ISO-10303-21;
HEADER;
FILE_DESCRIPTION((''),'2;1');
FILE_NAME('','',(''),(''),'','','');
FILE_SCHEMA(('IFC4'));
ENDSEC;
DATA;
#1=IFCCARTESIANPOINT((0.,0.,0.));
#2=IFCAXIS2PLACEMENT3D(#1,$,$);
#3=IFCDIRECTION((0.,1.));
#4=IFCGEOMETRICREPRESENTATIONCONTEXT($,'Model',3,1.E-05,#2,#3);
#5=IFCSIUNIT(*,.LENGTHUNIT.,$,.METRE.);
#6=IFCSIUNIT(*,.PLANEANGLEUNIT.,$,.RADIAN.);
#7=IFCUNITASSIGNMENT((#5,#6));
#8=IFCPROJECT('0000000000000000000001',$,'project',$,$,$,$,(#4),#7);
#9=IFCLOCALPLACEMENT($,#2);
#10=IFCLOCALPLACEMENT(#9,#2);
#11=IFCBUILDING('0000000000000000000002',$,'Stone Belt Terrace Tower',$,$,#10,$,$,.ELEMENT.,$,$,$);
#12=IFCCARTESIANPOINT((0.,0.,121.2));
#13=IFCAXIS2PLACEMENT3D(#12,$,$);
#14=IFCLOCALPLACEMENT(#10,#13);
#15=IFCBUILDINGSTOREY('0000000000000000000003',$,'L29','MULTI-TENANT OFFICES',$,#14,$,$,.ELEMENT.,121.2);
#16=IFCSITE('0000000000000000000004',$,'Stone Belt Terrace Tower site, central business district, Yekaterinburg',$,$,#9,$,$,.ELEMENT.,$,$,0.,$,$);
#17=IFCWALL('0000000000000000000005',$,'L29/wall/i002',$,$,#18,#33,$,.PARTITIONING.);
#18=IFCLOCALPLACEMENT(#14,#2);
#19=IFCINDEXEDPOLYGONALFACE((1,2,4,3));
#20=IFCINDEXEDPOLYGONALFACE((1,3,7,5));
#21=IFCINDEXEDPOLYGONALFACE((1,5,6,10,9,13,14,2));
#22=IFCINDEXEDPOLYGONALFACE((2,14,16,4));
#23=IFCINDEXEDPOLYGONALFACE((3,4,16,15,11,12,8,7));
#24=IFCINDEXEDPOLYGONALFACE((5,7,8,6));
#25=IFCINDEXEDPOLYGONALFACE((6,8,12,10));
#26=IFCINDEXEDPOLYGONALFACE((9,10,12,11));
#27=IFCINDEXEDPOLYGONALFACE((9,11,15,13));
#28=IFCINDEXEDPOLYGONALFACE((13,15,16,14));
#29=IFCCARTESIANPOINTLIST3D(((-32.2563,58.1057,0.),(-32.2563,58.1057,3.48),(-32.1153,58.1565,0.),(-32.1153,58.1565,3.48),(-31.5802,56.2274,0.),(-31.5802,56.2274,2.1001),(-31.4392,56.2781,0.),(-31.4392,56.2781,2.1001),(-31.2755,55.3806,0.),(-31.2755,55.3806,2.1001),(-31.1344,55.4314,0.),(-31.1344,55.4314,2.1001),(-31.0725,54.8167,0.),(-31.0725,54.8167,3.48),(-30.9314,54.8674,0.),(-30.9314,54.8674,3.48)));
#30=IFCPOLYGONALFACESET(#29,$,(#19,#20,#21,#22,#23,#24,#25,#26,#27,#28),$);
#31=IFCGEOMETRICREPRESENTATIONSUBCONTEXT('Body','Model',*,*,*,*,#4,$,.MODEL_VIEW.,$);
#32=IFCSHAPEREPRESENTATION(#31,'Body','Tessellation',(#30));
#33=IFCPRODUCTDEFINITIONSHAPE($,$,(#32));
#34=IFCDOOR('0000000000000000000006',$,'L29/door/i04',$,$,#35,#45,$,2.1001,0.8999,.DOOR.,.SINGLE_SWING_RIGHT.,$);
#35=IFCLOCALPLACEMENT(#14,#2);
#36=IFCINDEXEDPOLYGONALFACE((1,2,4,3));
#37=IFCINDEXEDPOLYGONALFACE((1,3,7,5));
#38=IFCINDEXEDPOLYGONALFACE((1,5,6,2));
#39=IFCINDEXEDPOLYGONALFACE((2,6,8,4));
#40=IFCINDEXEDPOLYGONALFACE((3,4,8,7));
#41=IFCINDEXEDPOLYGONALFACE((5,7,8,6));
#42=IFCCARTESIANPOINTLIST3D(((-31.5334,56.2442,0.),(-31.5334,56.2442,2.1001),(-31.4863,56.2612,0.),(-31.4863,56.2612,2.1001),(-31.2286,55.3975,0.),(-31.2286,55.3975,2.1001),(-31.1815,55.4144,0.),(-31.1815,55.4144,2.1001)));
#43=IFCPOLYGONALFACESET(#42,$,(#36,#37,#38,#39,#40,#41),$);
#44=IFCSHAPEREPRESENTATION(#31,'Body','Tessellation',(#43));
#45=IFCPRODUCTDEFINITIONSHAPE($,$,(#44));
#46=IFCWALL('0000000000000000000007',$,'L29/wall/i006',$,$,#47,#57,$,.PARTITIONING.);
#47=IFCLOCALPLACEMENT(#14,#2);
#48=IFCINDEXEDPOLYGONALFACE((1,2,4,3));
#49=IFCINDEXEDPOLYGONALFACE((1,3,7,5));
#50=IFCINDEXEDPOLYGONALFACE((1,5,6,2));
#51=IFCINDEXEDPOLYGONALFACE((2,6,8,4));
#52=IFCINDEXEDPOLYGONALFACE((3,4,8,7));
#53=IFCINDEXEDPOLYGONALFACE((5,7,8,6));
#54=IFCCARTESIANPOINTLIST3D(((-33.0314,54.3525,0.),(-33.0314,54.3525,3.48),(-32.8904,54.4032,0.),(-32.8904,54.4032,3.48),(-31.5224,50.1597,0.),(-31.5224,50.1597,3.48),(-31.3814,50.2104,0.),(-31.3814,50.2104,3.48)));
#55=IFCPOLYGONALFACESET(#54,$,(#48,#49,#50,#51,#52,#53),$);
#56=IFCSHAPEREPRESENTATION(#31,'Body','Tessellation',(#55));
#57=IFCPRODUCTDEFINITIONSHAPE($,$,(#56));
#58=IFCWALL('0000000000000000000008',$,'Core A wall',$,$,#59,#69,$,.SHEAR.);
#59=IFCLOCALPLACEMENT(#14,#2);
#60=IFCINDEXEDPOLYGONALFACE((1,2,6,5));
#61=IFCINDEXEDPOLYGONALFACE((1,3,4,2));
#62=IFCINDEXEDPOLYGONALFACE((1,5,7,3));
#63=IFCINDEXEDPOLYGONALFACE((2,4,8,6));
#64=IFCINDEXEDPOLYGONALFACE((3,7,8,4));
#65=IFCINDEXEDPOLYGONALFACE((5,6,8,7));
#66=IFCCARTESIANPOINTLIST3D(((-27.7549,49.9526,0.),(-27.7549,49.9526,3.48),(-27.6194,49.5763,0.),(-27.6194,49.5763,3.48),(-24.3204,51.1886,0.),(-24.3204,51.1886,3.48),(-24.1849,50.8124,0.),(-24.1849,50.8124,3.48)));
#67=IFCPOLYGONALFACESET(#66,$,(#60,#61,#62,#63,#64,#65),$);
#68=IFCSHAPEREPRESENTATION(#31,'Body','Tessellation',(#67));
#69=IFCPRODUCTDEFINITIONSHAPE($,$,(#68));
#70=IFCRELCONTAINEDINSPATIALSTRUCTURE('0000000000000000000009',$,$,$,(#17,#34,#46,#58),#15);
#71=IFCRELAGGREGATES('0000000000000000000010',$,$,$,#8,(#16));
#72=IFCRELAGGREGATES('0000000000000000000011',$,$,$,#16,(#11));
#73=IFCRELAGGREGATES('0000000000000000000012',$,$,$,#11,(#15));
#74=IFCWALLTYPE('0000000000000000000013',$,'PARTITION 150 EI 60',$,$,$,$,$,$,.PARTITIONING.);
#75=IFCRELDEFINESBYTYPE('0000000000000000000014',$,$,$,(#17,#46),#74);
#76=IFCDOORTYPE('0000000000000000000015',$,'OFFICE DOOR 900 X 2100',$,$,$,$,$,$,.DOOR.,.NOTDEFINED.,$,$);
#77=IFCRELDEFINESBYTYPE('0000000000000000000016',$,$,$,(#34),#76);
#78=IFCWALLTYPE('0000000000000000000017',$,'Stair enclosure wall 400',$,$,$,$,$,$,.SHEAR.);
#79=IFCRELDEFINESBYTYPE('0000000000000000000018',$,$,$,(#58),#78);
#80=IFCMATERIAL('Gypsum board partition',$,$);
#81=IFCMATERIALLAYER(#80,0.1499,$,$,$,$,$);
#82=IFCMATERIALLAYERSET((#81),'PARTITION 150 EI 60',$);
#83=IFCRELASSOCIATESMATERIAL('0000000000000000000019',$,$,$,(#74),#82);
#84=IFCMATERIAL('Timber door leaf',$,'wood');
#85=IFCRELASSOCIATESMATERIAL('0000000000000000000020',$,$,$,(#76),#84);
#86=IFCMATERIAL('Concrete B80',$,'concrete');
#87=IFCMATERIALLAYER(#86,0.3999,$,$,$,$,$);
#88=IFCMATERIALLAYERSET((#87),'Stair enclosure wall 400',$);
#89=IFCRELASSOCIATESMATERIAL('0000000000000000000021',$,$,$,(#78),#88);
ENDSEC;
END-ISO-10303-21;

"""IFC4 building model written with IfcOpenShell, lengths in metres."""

from ifc_helpers import new_model, si_unit, direction, frame, frame_2d, origin, place, context, subcontext, project, spatial, rectangle, extrude, material, layer, layer_set, type_object, element, fill, save


model = new_model("IFC4")

# Units and contexts
model_context = context("Model", 3, precision=1e-05, world=origin(), true_north=direction((0.0, 1.0)))
body_context = subcontext(model_context, "Body", "Model", "MODEL_VIEW")
ifc_project = project(units=[si_unit("LENGTHUNIT", "METRE"), si_unit("PLANEANGLEUNIT", "RADIAN")], contexts=[model_context])

# Site, building, storey
site_placement = place(None, origin())
site = spatial("IfcSite", under=ifc_project, at=site_placement, Name="Stone Belt Terrace Tower site, central business district, Yekaterinburg", CompositionType="ELEMENT", RefElevation=0.0)
building_placement = place(site_placement, origin())
building = spatial("IfcBuilding", under=site, at=building_placement, Name="Stone Belt Terrace Tower", CompositionType="ELEMENT")
storey_placement = place(building_placement, frame((0.0, 0.0, 121.2)))
storey = spatial("IfcBuildingStorey", under=building, at=storey_placement, Name="L29", Description="MULTI-TENANT OFFICES", CompositionType="ELEMENT", Elevation=121.2)

# Shared definitions
ifc_material_1 = material(Name="Concrete B80", Category="concrete")

# Shared definitions
ifc_material_2 = material(Name="Timber door leaf", Category="wood")

# Wall, opening, door
ifc_material_3 = material(Name="Gypsum board partition")
ifc_layer_1 = layer(ifc_material_3, 0.1499)
ifc_layer_set_1 = layer_set([ifc_layer_1], Name="PARTITION 150 EI 60")
wall_type_1 = type_object("IfcWallType", Name="PARTITION 150 EI 60", PredefinedType="PARTITIONING", material=ifc_layer_set_1)
wall_1_placement = place(storey_placement, frame((-32.1858, 58.1311, 0.0), z_axis=(0.0, 0.0, 1.0), x_axis=(0.338663, -0.940908, 0.0)))
wall_1 = element("IfcWall", 1, at=wall_1_placement, inside=storey, type_object=wall_type_1, Name="L29/wall/i002", PredefinedType="PARTITIONING", context=body_context, shape_type="SweptSolid", body=[
    extrude(rectangle(XDim=3.4956, YDim=0.1499, at=frame_2d((1.7478, 0.0))), origin(), (0.0, 0.0, 1.0), 3.48),
])
opening_1_placement = place(wall_1_placement, frame((1.9963, 0.0, 0.0)))
opening_1 = element("IfcOpeningElement", 2, at=opening_1_placement, cuts=wall_1, PredefinedType="OPENING", context=body_context, shape_type="SweptSolid", body=[
    extrude(rectangle(XDim=0.8999, YDim=2.1001, at=frame_2d((0.45, 1.05))), frame((0.0, 0.085, 0.0), z_axis=(0.0, -1.0, 0.0), x_axis=(1.0, 0.0, 0.0)), (0.0, 0.0, 1.0), 0.1699),
])
door_type_1 = type_object("IfcDoorType", Name="OFFICE DOOR 900 X 2100", OperationType="NOTDEFINED", PredefinedType="DOOR", material=ifc_material_2)
door_1_placement = place(opening_1_placement, origin())
door_1 = element("IfcDoor", 3, at=door_1_placement, inside=storey, type_object=door_type_1, Name="L29/door/i04", OperationType="SINGLE_SWING_RIGHT", OverallHeight=2.1001, OverallWidth=0.8999, PredefinedType="DOOR", context=body_context, shape_type="SweptSolid", body=[
    extrude(rectangle(XDim=0.8999, YDim=2.1001, at=frame_2d((0.45, 1.05))), frame((0.0, 0.0249, 0.0), z_axis=(0.0, -1.0, 0.0), x_axis=(1.0, 0.0, 0.0)), (0.0, 0.0, 1.0), 0.05),
])
fill(opening_1, door_1)

# Walls
wall_2_placement = place(storey_placement, frame((-31.4519, 50.1851, 0.0), z_axis=(0.0, 0.0, 1.0), x_axis=(-0.33864, 0.940916, 0.0)))
element("IfcWall", 4, at=wall_2_placement, inside=storey, type_object=wall_type_1, Name="L29/wall/i006", PredefinedType="PARTITIONING", context=body_context, shape_type="SweptSolid", body=[
    extrude(rectangle(XDim=4.4561, YDim=0.1499, at=frame_2d((2.228, 0.0))), origin(), (0.0, 0.0, 1.0), 3.48),
])
ifc_layer_2 = layer(ifc_material_1, 0.3999)
ifc_layer_set_2 = layer_set([ifc_layer_2], Name="Stair enclosure wall 400")
wall_type_2 = type_object("IfcWallType", Name="Stair enclosure wall 400", PredefinedType="SHEAR", material=ifc_layer_set_2)
wall_3_placement = place(storey_placement, frame((-27.6873, 49.7644, 0.0), z_axis=(0.0, 0.0, 1.0), x_axis=(0.940919, 0.338632, 0.0)))
element("IfcWall", 5, at=wall_3_placement, inside=storey, type_object=wall_type_2, Name="Core A wall", PredefinedType="SHEAR", context=body_context, shape_type="SweptSolid", body=[
    extrude(rectangle(XDim=3.6501, YDim=0.3999, at=frame_2d((1.8252, 0.0))), origin(), (0.0, 0.0, 1.0), 3.48),
])

save(model, "model.ifc")
